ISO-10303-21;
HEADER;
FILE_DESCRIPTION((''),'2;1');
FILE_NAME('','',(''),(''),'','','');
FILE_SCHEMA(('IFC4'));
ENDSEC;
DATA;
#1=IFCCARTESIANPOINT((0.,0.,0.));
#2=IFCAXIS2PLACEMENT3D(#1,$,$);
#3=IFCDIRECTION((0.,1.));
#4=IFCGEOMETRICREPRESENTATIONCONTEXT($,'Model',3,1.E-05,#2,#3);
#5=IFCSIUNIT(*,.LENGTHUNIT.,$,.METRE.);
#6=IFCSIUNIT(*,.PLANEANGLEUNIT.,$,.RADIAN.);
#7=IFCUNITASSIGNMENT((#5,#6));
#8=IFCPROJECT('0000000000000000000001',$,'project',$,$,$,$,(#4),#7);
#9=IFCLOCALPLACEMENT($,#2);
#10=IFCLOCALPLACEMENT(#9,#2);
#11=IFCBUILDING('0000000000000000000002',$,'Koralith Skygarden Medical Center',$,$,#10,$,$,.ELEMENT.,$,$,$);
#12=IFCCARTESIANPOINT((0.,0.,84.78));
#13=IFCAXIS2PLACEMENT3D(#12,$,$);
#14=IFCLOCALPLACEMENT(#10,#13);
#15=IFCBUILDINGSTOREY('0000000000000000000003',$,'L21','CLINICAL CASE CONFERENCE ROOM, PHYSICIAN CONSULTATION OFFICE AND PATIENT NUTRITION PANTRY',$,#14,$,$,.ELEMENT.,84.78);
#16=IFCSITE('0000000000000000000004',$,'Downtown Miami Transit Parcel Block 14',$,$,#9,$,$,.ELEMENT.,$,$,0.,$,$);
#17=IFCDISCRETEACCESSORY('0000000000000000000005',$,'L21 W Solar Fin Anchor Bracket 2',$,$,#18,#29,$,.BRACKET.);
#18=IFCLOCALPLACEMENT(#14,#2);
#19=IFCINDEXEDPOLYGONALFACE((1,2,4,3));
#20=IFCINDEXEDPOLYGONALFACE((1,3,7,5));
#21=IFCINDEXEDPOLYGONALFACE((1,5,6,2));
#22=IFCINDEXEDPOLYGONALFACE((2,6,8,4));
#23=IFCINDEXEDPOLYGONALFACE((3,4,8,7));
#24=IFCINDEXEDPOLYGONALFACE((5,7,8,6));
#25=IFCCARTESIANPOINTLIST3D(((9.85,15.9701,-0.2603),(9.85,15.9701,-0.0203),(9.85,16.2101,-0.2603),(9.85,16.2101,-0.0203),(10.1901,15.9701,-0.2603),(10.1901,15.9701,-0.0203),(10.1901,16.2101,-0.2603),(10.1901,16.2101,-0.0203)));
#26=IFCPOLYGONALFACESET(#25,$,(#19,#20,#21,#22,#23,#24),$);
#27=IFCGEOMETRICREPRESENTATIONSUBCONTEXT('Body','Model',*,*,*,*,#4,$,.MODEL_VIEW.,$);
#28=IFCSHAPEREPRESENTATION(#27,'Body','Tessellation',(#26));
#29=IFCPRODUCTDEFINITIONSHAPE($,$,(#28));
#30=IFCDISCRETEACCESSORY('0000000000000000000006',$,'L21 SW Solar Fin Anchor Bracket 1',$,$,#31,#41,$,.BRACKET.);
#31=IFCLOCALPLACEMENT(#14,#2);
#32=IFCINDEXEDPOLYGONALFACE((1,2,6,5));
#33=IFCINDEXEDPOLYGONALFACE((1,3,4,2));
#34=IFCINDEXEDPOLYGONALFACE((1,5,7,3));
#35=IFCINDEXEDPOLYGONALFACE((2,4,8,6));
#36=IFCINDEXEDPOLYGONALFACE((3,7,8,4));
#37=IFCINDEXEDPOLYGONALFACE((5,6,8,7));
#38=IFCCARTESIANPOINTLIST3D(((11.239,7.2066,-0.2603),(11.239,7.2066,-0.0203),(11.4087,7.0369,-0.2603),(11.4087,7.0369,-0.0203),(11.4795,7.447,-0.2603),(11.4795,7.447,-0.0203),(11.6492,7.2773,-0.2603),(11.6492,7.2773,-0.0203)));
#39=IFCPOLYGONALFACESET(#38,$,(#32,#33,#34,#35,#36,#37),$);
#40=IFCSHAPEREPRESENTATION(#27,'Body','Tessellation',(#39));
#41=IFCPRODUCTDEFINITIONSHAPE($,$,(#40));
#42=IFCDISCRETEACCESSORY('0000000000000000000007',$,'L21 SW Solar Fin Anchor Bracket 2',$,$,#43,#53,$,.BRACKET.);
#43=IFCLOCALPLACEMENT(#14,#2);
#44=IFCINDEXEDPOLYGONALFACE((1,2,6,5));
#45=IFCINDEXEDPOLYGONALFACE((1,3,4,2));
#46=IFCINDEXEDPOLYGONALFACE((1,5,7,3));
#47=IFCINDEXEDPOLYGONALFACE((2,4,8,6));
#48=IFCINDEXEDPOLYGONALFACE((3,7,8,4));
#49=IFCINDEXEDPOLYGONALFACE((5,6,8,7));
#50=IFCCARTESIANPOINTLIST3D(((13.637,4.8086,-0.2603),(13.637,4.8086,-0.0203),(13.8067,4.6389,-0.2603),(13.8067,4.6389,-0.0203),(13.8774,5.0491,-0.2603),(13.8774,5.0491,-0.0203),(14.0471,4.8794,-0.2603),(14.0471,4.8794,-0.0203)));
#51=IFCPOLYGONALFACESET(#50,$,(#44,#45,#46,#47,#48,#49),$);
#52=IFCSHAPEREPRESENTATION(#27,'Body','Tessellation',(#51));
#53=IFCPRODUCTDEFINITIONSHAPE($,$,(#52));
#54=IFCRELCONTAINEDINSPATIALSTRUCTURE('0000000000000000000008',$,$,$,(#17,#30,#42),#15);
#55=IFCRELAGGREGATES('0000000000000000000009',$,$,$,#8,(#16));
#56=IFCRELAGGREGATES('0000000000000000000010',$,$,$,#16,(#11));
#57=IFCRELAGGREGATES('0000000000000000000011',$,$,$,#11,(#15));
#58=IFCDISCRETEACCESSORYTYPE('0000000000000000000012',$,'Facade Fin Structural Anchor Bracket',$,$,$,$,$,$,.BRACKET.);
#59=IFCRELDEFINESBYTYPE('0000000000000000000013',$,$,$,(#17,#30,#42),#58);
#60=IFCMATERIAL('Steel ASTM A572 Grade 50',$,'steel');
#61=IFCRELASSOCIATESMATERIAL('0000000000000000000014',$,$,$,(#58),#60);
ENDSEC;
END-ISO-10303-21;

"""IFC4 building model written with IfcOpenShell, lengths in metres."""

from ifc_helpers import new_model, si_unit, direction, frame, origin, origin_2d, place, context, subcontext, project, spatial, rectangle, extrude, material, type_object, element, save


model = new_model("IFC4")

# Units and contexts
model_context = context("Model", 3, precision=1e-05, world=origin(), true_north=direction((0.0, 1.0)))
body_context = subcontext(model_context, "Body", "Model", "MODEL_VIEW")
ifc_project = project(units=[si_unit("LENGTHUNIT", "METRE"), si_unit("PLANEANGLEUNIT", "RADIAN")], contexts=[model_context])

# Site, building, storey
site_placement = place(None, origin())
site = spatial("IfcSite", under=ifc_project, at=site_placement, Name="Downtown Miami Transit Parcel Block 14", CompositionType="ELEMENT", RefElevation=0.0)
building_placement = place(site_placement, origin())
building = spatial("IfcBuilding", under=site, at=building_placement, Name="Koralith Skygarden Medical Center", CompositionType="ELEMENT")
storey_placement = place(building_placement, frame((0.0, 0.0, 84.78)))
storey = spatial("IfcBuildingStorey", under=building, at=storey_placement, Name="L21", Description="CLINICAL CASE CONFERENCE ROOM, PHYSICIAN CONSULTATION OFFICE AND PATIENT NUTRITION PANTRY", CompositionType="ELEMENT", Elevation=84.78)

# Discrete accessories
ifc_material_1 = material(Name="Steel ASTM A572 Grade 50", Category="steel")
discrete_accessory_type = type_object("IfcDiscreteAccessoryType", Name="Facade Fin Structural Anchor Bracket", PredefinedType="BRACKET", material=ifc_material_1)
for number, where, z_axis, x_axis, name in (
    (1, (10.02, 16.0901, -0.2603), (0.0, 0.0, 1.0), (-1.0, 0.0, 0.0), "L21 W Solar Fin Anchor Bracket 2"),
    (2, (11.4441, 7.2419, -0.2603), (0.0, 0.0, 1.0), (-0.707107, -0.707107, 0.0), "L21 SW Solar Fin Anchor Bracket 1"),
    (3, (13.842, 4.844, -0.2603), (0.0, 0.0, 1.0), (-0.707107, -0.707107, 0.0), "L21 SW Solar Fin Anchor Bracket 2"),
):
    element("IfcDiscreteAccessory", number, at=place(storey_placement, frame(where, z_axis=z_axis, x_axis=x_axis)), inside=storey, type_object=discrete_accessory_type, Name=name, PredefinedType="BRACKET", context=body_context, shape_type="SweptSolid", body=[
        extrude(rectangle(XDim=0.3401, YDim=0.24, at=origin_2d()), origin(), (0.0, 0.0, 1.0), 0.24),
    ])

save(model, "model.ifc")
